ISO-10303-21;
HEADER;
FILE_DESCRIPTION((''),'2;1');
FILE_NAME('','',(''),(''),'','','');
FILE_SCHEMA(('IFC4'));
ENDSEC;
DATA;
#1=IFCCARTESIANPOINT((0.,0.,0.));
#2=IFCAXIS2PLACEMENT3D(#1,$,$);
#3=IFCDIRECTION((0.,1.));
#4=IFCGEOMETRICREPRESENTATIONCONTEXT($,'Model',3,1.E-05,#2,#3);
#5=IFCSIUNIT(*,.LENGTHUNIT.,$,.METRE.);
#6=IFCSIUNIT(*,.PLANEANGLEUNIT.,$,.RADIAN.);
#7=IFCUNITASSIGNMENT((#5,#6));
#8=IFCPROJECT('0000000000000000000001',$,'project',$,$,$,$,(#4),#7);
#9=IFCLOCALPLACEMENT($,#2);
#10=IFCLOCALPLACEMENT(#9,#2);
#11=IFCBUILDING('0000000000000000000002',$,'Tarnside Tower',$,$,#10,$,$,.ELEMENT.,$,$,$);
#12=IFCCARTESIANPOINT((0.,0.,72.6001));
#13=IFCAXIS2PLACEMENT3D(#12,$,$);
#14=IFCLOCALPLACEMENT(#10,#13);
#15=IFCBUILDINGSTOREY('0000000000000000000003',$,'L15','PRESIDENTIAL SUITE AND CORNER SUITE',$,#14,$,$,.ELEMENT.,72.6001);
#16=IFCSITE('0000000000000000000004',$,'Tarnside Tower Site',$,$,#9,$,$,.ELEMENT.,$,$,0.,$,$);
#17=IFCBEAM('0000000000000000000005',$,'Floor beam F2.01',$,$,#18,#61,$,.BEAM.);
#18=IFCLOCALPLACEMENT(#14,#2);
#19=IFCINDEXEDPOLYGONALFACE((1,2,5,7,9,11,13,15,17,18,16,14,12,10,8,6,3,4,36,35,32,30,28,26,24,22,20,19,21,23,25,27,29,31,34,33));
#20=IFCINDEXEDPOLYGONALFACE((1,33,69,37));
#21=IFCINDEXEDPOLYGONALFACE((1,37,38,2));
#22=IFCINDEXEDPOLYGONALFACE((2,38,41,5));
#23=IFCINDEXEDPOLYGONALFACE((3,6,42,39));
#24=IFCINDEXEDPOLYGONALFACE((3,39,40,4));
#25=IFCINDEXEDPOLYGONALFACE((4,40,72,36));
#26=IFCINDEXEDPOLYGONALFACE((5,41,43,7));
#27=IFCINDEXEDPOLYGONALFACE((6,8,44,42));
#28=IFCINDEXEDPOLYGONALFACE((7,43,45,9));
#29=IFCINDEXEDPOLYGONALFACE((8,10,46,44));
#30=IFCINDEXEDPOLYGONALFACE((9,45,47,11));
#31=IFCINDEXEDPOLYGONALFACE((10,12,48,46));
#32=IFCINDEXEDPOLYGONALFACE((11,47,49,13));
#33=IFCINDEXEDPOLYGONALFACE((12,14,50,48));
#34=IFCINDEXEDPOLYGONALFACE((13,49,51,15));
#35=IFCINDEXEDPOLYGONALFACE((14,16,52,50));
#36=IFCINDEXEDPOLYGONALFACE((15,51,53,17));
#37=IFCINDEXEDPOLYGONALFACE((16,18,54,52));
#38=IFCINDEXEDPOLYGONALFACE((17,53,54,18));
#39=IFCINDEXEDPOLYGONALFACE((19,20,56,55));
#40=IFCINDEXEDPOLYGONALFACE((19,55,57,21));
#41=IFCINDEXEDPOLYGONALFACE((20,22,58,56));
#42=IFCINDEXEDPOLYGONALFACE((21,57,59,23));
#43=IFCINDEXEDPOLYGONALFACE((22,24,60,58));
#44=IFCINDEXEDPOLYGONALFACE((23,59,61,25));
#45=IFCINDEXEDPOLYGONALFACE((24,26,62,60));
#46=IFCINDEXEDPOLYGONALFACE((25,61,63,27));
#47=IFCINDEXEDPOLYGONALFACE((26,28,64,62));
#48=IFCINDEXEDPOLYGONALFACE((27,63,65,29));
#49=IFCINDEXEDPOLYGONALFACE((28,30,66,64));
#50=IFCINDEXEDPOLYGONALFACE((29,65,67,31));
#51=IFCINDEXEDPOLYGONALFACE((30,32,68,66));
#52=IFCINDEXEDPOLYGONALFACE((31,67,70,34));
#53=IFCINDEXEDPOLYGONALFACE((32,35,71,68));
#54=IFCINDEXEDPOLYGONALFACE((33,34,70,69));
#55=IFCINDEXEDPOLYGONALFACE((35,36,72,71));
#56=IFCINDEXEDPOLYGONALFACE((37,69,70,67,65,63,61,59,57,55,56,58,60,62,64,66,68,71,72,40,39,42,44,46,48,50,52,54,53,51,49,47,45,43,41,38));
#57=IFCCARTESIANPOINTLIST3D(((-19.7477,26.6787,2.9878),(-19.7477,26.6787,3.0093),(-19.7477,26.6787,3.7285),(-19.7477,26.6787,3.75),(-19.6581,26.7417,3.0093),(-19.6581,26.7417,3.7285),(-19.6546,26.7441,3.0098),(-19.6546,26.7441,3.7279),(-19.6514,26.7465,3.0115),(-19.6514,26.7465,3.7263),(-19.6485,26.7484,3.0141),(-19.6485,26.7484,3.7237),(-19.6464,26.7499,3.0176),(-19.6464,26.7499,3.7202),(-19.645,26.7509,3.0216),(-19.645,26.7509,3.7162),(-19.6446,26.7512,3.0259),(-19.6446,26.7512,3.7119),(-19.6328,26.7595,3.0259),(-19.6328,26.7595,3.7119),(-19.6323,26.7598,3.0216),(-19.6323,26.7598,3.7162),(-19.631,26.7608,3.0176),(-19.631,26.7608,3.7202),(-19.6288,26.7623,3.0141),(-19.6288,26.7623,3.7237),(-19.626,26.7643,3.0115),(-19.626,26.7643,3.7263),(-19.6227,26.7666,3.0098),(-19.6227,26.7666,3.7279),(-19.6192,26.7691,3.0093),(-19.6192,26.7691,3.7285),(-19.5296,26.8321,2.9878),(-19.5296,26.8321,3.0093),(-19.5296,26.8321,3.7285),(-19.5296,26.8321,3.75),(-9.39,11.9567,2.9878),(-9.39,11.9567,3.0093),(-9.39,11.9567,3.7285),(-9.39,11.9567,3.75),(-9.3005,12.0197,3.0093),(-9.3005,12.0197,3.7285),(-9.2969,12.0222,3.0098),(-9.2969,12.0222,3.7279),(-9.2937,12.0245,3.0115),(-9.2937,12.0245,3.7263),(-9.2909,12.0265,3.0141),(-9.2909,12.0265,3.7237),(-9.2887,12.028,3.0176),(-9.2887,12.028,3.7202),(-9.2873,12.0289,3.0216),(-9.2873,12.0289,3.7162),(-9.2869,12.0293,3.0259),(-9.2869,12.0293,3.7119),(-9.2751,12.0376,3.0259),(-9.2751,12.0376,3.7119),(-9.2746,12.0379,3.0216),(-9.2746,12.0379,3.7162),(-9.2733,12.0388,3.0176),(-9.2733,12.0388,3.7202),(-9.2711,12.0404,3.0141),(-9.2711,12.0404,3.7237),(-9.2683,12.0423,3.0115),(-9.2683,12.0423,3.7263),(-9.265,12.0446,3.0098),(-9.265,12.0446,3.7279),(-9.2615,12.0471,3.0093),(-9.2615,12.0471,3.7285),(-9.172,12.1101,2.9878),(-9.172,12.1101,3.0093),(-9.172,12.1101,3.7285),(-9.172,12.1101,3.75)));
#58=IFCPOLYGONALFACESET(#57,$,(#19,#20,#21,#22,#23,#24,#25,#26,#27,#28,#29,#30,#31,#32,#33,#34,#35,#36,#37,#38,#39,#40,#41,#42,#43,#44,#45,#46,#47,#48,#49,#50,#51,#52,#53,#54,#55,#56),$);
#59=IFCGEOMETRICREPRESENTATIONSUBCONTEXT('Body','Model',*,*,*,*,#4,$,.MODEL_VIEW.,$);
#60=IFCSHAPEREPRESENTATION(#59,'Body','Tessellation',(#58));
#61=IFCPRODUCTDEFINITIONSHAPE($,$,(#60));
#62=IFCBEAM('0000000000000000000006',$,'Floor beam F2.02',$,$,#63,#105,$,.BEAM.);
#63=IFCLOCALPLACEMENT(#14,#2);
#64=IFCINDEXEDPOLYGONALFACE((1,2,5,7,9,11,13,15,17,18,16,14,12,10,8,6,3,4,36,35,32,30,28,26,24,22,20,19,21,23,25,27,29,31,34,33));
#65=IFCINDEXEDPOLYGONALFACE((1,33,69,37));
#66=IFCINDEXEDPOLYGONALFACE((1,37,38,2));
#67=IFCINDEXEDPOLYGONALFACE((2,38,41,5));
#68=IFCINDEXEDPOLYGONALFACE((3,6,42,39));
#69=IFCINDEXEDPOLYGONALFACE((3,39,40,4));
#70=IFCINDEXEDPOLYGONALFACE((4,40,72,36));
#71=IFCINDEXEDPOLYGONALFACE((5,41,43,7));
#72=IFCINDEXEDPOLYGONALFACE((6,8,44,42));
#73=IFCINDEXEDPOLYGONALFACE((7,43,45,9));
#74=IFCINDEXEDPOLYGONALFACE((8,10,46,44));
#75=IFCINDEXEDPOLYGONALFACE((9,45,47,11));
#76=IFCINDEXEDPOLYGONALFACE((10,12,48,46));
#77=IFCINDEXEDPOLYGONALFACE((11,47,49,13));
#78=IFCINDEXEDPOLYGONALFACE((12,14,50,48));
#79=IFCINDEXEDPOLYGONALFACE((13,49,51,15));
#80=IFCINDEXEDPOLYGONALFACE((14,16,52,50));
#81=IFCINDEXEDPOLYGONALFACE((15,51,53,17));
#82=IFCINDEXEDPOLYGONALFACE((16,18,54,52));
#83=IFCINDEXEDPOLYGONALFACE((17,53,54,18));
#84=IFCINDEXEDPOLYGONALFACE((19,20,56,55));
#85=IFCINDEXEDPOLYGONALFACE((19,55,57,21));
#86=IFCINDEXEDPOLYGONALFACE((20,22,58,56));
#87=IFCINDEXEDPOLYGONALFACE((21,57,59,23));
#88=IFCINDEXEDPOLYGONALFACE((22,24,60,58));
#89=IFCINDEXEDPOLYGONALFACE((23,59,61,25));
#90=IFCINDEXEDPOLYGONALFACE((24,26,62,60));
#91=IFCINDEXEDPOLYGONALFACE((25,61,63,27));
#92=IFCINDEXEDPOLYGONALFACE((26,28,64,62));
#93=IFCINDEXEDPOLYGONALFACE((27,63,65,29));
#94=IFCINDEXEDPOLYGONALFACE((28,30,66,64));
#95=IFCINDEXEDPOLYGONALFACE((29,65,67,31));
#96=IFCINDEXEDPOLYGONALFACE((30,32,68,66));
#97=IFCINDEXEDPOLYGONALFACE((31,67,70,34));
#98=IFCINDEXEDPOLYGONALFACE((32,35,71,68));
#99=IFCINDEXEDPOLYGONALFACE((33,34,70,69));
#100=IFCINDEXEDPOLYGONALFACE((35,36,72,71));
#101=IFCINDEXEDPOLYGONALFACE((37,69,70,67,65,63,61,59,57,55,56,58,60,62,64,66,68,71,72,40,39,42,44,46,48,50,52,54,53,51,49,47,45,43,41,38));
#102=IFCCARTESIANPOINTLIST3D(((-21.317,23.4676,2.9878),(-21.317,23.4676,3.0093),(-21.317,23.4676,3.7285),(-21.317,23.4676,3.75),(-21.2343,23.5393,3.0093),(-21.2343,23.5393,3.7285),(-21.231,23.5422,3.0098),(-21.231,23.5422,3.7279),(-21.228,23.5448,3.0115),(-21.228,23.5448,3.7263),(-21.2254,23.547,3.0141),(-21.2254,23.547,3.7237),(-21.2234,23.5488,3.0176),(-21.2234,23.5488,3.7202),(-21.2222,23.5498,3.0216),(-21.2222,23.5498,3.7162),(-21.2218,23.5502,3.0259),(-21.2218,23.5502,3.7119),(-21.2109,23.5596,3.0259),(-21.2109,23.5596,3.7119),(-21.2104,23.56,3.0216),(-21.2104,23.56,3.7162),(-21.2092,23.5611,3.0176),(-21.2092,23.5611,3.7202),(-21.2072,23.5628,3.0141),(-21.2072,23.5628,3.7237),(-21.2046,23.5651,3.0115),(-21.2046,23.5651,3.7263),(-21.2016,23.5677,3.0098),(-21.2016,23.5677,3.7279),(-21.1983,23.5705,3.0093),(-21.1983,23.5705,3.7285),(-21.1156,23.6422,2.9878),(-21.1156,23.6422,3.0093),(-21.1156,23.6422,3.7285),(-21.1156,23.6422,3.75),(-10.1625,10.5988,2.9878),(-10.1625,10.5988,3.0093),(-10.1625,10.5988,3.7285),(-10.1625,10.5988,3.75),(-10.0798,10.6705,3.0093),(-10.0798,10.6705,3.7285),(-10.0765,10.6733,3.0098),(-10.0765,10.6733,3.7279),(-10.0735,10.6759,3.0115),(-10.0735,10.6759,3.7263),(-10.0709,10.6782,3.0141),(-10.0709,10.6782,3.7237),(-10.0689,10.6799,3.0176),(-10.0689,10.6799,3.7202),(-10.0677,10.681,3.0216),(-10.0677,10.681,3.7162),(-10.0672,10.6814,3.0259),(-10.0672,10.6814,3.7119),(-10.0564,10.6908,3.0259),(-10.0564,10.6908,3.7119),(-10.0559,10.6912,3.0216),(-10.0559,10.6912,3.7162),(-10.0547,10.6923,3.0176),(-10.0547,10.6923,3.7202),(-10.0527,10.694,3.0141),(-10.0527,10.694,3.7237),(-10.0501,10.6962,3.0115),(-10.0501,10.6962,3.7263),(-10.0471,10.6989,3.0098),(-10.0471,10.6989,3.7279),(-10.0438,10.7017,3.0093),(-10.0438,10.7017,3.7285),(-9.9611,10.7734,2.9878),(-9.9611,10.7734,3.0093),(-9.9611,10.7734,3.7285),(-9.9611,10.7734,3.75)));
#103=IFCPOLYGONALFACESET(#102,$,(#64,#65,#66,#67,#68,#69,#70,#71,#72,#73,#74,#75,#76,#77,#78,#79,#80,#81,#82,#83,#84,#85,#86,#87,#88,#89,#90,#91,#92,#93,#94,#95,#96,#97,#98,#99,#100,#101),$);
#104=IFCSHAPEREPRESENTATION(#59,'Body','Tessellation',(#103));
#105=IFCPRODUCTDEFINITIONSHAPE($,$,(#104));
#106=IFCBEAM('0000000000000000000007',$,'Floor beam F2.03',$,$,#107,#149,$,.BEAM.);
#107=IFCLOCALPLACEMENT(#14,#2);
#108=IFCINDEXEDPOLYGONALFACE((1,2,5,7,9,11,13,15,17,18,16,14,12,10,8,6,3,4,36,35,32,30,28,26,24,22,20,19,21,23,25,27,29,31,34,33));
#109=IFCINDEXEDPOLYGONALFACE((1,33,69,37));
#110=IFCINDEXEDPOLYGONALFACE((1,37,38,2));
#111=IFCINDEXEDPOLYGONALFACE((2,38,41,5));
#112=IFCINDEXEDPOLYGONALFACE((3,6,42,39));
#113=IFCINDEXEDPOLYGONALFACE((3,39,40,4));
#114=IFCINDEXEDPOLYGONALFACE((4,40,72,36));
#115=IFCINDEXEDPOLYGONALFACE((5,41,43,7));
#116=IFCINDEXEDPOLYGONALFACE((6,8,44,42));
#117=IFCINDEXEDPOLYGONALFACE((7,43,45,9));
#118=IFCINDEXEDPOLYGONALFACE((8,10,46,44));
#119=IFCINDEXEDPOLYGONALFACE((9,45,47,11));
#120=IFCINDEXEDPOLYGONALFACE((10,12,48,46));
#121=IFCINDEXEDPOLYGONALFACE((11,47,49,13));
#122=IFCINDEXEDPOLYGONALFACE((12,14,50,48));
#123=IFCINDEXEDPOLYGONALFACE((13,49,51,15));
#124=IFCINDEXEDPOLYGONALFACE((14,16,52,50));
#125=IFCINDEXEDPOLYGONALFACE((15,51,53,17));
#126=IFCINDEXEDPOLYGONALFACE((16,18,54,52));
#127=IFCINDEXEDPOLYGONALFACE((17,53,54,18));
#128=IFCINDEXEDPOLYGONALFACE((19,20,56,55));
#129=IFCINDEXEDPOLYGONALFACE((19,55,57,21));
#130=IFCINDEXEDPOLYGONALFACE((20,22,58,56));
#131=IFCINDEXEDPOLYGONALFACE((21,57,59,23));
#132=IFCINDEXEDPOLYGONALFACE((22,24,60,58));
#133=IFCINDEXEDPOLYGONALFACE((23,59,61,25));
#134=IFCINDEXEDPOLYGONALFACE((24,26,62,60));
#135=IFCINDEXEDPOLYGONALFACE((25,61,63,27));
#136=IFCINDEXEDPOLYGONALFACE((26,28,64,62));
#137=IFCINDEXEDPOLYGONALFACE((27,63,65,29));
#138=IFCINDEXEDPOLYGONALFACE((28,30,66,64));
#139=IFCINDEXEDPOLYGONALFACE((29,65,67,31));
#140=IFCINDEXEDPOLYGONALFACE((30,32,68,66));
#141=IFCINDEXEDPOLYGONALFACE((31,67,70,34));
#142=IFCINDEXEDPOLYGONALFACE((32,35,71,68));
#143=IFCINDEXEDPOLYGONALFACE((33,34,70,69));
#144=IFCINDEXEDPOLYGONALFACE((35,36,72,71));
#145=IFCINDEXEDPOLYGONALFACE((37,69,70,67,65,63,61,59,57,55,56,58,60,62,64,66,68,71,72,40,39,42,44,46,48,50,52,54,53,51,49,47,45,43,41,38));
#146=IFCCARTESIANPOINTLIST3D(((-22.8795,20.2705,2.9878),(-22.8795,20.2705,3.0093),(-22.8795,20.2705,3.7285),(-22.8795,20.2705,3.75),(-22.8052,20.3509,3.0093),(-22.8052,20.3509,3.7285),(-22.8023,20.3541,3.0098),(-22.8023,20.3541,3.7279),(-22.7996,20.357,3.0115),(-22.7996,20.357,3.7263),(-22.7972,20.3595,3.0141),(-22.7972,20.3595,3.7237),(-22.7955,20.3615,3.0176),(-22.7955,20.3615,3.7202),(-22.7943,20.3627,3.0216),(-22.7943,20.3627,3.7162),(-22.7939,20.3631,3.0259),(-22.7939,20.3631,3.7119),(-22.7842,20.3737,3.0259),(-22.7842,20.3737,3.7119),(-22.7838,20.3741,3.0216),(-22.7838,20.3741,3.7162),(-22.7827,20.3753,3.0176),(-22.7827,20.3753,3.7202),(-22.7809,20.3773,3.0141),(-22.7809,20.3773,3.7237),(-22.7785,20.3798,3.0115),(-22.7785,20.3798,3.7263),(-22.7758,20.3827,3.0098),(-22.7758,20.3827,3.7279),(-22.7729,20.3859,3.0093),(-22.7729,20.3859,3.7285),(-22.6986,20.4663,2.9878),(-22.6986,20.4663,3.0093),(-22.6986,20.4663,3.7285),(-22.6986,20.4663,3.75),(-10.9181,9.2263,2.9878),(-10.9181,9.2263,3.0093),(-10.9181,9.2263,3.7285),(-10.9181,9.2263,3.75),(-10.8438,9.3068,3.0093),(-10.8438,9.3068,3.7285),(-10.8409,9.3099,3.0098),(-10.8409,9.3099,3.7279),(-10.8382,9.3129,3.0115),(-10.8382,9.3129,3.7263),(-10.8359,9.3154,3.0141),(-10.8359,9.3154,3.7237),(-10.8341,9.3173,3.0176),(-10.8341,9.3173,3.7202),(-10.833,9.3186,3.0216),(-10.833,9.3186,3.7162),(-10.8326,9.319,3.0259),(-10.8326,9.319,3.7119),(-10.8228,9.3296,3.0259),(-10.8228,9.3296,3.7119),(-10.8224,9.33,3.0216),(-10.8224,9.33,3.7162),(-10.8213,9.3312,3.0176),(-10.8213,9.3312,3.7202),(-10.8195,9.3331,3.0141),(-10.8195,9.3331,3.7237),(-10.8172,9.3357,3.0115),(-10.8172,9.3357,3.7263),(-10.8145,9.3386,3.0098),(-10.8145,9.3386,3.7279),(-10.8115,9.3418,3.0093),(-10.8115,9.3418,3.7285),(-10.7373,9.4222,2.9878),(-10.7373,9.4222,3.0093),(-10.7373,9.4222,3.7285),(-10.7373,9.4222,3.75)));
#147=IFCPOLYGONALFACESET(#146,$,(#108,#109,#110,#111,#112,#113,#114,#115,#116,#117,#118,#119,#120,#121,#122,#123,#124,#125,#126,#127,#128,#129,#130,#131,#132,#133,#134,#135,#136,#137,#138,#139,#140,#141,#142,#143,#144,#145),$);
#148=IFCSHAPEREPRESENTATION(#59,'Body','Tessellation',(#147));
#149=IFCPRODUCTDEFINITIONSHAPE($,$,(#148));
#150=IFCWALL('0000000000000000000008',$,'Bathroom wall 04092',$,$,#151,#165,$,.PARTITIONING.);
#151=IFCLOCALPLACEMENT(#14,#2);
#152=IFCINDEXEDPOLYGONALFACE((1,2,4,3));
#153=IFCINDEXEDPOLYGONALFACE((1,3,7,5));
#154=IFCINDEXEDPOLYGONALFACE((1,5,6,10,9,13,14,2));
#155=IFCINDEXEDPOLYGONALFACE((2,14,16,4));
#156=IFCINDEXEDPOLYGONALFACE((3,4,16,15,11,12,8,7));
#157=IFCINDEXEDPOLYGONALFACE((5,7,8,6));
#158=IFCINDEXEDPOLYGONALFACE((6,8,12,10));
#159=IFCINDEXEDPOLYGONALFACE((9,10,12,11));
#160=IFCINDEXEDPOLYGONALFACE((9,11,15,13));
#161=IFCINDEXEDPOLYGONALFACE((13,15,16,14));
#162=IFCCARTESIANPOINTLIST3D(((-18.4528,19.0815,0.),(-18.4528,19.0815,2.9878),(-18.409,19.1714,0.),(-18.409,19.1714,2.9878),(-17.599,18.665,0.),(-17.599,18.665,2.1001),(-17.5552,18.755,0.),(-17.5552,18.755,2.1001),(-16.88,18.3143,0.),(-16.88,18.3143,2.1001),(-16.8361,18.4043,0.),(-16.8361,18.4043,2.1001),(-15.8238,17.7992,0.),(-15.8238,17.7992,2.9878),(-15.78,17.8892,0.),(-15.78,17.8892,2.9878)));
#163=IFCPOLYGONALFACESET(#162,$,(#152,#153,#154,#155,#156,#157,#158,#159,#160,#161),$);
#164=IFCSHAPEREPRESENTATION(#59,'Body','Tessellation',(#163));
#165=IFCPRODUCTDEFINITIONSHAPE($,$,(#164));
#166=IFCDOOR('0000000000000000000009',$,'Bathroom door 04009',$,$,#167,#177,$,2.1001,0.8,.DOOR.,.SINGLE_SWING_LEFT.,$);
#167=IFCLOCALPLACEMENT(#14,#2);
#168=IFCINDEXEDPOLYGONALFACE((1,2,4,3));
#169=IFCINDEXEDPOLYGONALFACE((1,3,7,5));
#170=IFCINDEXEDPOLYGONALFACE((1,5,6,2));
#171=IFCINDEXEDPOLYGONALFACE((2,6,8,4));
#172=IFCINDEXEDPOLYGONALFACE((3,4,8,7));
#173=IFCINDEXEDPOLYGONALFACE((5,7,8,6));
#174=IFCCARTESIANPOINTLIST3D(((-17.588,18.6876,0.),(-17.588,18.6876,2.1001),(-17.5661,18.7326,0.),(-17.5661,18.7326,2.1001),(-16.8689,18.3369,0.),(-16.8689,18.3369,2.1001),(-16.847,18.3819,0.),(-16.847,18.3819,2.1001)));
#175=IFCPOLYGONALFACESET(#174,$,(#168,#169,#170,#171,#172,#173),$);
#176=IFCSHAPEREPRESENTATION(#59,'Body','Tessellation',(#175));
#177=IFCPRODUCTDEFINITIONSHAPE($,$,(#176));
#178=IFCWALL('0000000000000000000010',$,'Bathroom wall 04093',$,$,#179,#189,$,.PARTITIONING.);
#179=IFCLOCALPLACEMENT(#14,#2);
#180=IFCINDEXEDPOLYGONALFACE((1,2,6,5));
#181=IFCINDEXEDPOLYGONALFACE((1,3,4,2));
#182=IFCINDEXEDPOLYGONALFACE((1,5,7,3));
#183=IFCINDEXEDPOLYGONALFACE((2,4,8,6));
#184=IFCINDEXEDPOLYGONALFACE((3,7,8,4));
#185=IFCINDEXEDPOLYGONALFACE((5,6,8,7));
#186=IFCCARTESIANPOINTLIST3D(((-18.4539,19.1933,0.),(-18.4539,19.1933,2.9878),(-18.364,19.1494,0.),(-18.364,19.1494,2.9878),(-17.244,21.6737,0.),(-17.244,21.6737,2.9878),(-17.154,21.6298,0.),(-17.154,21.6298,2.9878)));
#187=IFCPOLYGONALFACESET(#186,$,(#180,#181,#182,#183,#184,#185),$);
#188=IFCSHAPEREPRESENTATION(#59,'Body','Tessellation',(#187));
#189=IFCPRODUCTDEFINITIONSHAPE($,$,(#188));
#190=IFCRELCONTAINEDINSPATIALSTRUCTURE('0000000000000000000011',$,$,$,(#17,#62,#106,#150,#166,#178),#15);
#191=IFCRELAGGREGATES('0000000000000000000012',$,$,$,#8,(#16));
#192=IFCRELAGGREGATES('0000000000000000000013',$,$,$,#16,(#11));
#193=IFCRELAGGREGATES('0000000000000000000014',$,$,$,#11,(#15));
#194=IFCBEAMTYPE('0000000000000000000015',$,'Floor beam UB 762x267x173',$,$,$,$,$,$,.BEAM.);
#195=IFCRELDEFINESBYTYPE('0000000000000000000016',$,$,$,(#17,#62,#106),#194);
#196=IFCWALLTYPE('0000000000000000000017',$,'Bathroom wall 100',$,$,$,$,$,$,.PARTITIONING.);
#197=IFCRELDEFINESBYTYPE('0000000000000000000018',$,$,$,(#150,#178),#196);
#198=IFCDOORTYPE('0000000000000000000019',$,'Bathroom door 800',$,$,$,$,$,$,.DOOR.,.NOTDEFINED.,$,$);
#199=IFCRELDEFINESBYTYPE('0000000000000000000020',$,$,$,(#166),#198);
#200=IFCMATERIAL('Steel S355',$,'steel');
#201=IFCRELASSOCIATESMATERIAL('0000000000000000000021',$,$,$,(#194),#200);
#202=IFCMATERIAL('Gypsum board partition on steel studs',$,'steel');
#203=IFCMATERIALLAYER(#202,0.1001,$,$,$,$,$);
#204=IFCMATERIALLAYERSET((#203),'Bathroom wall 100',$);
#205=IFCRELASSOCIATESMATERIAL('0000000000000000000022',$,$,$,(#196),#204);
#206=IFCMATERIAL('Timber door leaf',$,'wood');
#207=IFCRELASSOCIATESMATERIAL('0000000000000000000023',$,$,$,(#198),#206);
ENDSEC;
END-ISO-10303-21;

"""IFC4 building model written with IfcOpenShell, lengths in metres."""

from ifc_helpers import new_model, si_unit, direction, frame, frame_2d, origin, origin_2d, place, context, subcontext, project, spatial, rectangle, i_section, extrude, material, layer, layer_set, material_profile, profile_set, type_object, element, fill, save


model = new_model("IFC4")

# Units and contexts
model_context = context("Model", 3, precision=1e-05, world=origin(), true_north=direction((0.0, 1.0)))
body_context = subcontext(model_context, "Body", "Model", "MODEL_VIEW")
ifc_project = project(units=[si_unit("LENGTHUNIT", "METRE"), si_unit("PLANEANGLEUNIT", "RADIAN")], contexts=[model_context])

# Site, building, storey
site_placement = place(None, origin())
site = spatial("IfcSite", under=ifc_project, at=site_placement, Name="Tarnside Tower Site", CompositionType="ELEMENT", RefElevation=0.0)
building_placement = place(site_placement, origin())
building = spatial("IfcBuilding", under=site, at=building_placement, Name="Tarnside Tower", CompositionType="ELEMENT")
storey_placement = place(building_placement, frame((0.0, 0.0, 72.6001)))
storey = spatial("IfcBuildingStorey", under=building, at=storey_placement, Name="L15", Description="PRESIDENTIAL SUITE AND CORNER SUITE", CompositionType="ELEMENT", Elevation=72.6001)

# Beams
ifc_material_1 = material(Name="Steel S355", Category="steel")
ifc_material_profile_1 = material_profile(ifc_material_1, i_section(OverallWidth=0.2666, OverallDepth=0.7622, WebThickness=0.0144, FlangeThickness=0.0215, FilletRadius=0.0166, at=origin_2d()), Name="UB 762x267x173")
ifc_profile_set_1 = profile_set([ifc_material_profile_1], Name="Steel S355")
beam_type_1 = type_object("IfcBeamType", Name="Floor beam UB 762x267x173", PredefinedType="BEAM", material=ifc_profile_set_1)
beam_1_placement = place(storey_placement, frame((-19.6387, 26.7554, 3.3689), z_axis=(0.575411, -0.817864, 0.0), x_axis=(0.817864, 0.575411, 0.0)))
element("IfcBeam", 1, at=beam_1_placement, inside=storey, type_object=beam_type_1, Name="Floor beam F2.01", PredefinedType="BEAM", context=body_context, shape_type="SweptSolid", body=[
    extrude(i_section(OverallWidth=0.2666, OverallDepth=0.7622, WebThickness=0.0144, FlangeThickness=0.0215, FilletRadius=0.0166, at=origin_2d()), origin(), (0.0, 0.0, 1.0), 18.0005),
])
beam_2_placement = place(storey_placement, frame((-21.2163, 23.5549, 3.3689), z_axis=(0.654981, -0.755646, 0.0), x_axis=(0.755646, 0.654981, 0.0)))
element("IfcBeam", 2, at=beam_2_placement, inside=storey, type_object=beam_type_1, Name="Floor beam F2.02", PredefinedType="BEAM", context=body_context, shape_type="SweptSolid", body=[
    extrude(i_section(OverallWidth=0.2666, OverallDepth=0.7622, WebThickness=0.0144, FlangeThickness=0.0215, FilletRadius=0.0166, at=origin_2d()), origin(), (0.0, 0.0, 1.0), 17.0303),
])
beam_3_placement = place(storey_placement, frame((-22.7891, 20.3684, 3.3689), z_axis=(0.734715, -0.678375, 0.0), x_axis=(0.678375, 0.734715, 0.0)))
element("IfcBeam", 3, at=beam_3_placement, inside=storey, type_object=beam_type_1, Name="Floor beam F2.03", PredefinedType="BEAM", context=body_context, shape_type="SweptSolid", body=[
    extrude(i_section(OverallWidth=0.2666, OverallDepth=0.7622, WebThickness=0.0144, FlangeThickness=0.0215, FilletRadius=0.0166, at=origin_2d()), origin(), (0.0, 0.0, 1.0), 16.2803),
])

# Wall, opening, door
ifc_material_2 = material(Name="Gypsum board partition on steel studs", Category="steel")
ifc_layer_1 = layer(ifc_material_2, 0.1001)
ifc_layer_set_1 = layer_set([ifc_layer_1], Name="Bathroom wall 100")
wall_type_1 = type_object("IfcWallType", Name="Bathroom wall 100", PredefinedType="PARTITIONING", material=ifc_layer_set_1)
wall_1_placement = place(storey_placement, frame((-15.802, 17.8442, 0.0), z_axis=(0.0, 0.0, 1.0), x_axis=(-0.898791, 0.438378, 0.0)))
wall_1 = element("IfcWall", 4, at=wall_1_placement, inside=storey, type_object=wall_type_1, Name="Bathroom wall 04092", PredefinedType="PARTITIONING", context=body_context, shape_type="SweptSolid", body=[
    extrude(rectangle(XDim=2.925, YDim=0.1001, at=frame_2d((1.4624, 0.0))), origin(), (0.0, 0.0, 1.0), 2.9878),
])
opening_1_placement = place(wall_1_placement, frame((1.175, 0.0, 0.0)))
opening_1 = element("IfcOpeningElement", 5, at=opening_1_placement, cuts=wall_1, PredefinedType="OPENING", context=body_context, shape_type="SweptSolid", body=[
    extrude(rectangle(XDim=0.8, YDim=2.1001, at=frame_2d((0.3999, 1.05))), frame((0.0, 0.0601, 0.0), z_axis=(0.0, -1.0, 0.0), x_axis=(1.0, 0.0, 0.0)), (0.0, 0.0, 1.0), 0.1201),
])
ifc_material_3 = material(Name="Timber door leaf", Category="wood")
door_type_1 = type_object("IfcDoorType", Name="Bathroom door 800", OperationType="NOTDEFINED", PredefinedType="DOOR", material=ifc_material_3)
door_1_placement = place(opening_1_placement, origin())
door_1 = element("IfcDoor", 6, at=door_1_placement, inside=storey, type_object=door_type_1, Name="Bathroom door 04009", OperationType="SINGLE_SWING_LEFT", OverallHeight=2.1001, OverallWidth=0.8, PredefinedType="DOOR", context=body_context, shape_type="SweptSolid", body=[
    extrude(rectangle(XDim=0.8, YDim=2.1001, at=frame_2d((0.3999, 1.05))), frame((0.0, 0.0249, 0.0), z_axis=(0.0, -1.0, 0.0), x_axis=(1.0, 0.0, 0.0)), (0.0, 0.0, 1.0), 0.05),
])
fill(opening_1, door_1)

# Wall
wall_2_placement = place(storey_placement, frame((-18.4089, 19.1714, 0.0), z_axis=(0.0, 0.0, 1.0), x_axis=(0.438417, 0.898772, 0.0)))
element("IfcWall", 7, at=wall_2_placement, inside=storey, type_object=wall_type_1, Name="Bathroom wall 04093", PredefinedType="PARTITIONING", context=body_context, shape_type="SweptSolid", body=[
    extrude(rectangle(XDim=2.7598, YDim=0.1001, at=frame_2d((1.3799, 0.0))), origin(), (0.0, 0.0, 1.0), 2.9878),
])

save(model, "model.ifc")
